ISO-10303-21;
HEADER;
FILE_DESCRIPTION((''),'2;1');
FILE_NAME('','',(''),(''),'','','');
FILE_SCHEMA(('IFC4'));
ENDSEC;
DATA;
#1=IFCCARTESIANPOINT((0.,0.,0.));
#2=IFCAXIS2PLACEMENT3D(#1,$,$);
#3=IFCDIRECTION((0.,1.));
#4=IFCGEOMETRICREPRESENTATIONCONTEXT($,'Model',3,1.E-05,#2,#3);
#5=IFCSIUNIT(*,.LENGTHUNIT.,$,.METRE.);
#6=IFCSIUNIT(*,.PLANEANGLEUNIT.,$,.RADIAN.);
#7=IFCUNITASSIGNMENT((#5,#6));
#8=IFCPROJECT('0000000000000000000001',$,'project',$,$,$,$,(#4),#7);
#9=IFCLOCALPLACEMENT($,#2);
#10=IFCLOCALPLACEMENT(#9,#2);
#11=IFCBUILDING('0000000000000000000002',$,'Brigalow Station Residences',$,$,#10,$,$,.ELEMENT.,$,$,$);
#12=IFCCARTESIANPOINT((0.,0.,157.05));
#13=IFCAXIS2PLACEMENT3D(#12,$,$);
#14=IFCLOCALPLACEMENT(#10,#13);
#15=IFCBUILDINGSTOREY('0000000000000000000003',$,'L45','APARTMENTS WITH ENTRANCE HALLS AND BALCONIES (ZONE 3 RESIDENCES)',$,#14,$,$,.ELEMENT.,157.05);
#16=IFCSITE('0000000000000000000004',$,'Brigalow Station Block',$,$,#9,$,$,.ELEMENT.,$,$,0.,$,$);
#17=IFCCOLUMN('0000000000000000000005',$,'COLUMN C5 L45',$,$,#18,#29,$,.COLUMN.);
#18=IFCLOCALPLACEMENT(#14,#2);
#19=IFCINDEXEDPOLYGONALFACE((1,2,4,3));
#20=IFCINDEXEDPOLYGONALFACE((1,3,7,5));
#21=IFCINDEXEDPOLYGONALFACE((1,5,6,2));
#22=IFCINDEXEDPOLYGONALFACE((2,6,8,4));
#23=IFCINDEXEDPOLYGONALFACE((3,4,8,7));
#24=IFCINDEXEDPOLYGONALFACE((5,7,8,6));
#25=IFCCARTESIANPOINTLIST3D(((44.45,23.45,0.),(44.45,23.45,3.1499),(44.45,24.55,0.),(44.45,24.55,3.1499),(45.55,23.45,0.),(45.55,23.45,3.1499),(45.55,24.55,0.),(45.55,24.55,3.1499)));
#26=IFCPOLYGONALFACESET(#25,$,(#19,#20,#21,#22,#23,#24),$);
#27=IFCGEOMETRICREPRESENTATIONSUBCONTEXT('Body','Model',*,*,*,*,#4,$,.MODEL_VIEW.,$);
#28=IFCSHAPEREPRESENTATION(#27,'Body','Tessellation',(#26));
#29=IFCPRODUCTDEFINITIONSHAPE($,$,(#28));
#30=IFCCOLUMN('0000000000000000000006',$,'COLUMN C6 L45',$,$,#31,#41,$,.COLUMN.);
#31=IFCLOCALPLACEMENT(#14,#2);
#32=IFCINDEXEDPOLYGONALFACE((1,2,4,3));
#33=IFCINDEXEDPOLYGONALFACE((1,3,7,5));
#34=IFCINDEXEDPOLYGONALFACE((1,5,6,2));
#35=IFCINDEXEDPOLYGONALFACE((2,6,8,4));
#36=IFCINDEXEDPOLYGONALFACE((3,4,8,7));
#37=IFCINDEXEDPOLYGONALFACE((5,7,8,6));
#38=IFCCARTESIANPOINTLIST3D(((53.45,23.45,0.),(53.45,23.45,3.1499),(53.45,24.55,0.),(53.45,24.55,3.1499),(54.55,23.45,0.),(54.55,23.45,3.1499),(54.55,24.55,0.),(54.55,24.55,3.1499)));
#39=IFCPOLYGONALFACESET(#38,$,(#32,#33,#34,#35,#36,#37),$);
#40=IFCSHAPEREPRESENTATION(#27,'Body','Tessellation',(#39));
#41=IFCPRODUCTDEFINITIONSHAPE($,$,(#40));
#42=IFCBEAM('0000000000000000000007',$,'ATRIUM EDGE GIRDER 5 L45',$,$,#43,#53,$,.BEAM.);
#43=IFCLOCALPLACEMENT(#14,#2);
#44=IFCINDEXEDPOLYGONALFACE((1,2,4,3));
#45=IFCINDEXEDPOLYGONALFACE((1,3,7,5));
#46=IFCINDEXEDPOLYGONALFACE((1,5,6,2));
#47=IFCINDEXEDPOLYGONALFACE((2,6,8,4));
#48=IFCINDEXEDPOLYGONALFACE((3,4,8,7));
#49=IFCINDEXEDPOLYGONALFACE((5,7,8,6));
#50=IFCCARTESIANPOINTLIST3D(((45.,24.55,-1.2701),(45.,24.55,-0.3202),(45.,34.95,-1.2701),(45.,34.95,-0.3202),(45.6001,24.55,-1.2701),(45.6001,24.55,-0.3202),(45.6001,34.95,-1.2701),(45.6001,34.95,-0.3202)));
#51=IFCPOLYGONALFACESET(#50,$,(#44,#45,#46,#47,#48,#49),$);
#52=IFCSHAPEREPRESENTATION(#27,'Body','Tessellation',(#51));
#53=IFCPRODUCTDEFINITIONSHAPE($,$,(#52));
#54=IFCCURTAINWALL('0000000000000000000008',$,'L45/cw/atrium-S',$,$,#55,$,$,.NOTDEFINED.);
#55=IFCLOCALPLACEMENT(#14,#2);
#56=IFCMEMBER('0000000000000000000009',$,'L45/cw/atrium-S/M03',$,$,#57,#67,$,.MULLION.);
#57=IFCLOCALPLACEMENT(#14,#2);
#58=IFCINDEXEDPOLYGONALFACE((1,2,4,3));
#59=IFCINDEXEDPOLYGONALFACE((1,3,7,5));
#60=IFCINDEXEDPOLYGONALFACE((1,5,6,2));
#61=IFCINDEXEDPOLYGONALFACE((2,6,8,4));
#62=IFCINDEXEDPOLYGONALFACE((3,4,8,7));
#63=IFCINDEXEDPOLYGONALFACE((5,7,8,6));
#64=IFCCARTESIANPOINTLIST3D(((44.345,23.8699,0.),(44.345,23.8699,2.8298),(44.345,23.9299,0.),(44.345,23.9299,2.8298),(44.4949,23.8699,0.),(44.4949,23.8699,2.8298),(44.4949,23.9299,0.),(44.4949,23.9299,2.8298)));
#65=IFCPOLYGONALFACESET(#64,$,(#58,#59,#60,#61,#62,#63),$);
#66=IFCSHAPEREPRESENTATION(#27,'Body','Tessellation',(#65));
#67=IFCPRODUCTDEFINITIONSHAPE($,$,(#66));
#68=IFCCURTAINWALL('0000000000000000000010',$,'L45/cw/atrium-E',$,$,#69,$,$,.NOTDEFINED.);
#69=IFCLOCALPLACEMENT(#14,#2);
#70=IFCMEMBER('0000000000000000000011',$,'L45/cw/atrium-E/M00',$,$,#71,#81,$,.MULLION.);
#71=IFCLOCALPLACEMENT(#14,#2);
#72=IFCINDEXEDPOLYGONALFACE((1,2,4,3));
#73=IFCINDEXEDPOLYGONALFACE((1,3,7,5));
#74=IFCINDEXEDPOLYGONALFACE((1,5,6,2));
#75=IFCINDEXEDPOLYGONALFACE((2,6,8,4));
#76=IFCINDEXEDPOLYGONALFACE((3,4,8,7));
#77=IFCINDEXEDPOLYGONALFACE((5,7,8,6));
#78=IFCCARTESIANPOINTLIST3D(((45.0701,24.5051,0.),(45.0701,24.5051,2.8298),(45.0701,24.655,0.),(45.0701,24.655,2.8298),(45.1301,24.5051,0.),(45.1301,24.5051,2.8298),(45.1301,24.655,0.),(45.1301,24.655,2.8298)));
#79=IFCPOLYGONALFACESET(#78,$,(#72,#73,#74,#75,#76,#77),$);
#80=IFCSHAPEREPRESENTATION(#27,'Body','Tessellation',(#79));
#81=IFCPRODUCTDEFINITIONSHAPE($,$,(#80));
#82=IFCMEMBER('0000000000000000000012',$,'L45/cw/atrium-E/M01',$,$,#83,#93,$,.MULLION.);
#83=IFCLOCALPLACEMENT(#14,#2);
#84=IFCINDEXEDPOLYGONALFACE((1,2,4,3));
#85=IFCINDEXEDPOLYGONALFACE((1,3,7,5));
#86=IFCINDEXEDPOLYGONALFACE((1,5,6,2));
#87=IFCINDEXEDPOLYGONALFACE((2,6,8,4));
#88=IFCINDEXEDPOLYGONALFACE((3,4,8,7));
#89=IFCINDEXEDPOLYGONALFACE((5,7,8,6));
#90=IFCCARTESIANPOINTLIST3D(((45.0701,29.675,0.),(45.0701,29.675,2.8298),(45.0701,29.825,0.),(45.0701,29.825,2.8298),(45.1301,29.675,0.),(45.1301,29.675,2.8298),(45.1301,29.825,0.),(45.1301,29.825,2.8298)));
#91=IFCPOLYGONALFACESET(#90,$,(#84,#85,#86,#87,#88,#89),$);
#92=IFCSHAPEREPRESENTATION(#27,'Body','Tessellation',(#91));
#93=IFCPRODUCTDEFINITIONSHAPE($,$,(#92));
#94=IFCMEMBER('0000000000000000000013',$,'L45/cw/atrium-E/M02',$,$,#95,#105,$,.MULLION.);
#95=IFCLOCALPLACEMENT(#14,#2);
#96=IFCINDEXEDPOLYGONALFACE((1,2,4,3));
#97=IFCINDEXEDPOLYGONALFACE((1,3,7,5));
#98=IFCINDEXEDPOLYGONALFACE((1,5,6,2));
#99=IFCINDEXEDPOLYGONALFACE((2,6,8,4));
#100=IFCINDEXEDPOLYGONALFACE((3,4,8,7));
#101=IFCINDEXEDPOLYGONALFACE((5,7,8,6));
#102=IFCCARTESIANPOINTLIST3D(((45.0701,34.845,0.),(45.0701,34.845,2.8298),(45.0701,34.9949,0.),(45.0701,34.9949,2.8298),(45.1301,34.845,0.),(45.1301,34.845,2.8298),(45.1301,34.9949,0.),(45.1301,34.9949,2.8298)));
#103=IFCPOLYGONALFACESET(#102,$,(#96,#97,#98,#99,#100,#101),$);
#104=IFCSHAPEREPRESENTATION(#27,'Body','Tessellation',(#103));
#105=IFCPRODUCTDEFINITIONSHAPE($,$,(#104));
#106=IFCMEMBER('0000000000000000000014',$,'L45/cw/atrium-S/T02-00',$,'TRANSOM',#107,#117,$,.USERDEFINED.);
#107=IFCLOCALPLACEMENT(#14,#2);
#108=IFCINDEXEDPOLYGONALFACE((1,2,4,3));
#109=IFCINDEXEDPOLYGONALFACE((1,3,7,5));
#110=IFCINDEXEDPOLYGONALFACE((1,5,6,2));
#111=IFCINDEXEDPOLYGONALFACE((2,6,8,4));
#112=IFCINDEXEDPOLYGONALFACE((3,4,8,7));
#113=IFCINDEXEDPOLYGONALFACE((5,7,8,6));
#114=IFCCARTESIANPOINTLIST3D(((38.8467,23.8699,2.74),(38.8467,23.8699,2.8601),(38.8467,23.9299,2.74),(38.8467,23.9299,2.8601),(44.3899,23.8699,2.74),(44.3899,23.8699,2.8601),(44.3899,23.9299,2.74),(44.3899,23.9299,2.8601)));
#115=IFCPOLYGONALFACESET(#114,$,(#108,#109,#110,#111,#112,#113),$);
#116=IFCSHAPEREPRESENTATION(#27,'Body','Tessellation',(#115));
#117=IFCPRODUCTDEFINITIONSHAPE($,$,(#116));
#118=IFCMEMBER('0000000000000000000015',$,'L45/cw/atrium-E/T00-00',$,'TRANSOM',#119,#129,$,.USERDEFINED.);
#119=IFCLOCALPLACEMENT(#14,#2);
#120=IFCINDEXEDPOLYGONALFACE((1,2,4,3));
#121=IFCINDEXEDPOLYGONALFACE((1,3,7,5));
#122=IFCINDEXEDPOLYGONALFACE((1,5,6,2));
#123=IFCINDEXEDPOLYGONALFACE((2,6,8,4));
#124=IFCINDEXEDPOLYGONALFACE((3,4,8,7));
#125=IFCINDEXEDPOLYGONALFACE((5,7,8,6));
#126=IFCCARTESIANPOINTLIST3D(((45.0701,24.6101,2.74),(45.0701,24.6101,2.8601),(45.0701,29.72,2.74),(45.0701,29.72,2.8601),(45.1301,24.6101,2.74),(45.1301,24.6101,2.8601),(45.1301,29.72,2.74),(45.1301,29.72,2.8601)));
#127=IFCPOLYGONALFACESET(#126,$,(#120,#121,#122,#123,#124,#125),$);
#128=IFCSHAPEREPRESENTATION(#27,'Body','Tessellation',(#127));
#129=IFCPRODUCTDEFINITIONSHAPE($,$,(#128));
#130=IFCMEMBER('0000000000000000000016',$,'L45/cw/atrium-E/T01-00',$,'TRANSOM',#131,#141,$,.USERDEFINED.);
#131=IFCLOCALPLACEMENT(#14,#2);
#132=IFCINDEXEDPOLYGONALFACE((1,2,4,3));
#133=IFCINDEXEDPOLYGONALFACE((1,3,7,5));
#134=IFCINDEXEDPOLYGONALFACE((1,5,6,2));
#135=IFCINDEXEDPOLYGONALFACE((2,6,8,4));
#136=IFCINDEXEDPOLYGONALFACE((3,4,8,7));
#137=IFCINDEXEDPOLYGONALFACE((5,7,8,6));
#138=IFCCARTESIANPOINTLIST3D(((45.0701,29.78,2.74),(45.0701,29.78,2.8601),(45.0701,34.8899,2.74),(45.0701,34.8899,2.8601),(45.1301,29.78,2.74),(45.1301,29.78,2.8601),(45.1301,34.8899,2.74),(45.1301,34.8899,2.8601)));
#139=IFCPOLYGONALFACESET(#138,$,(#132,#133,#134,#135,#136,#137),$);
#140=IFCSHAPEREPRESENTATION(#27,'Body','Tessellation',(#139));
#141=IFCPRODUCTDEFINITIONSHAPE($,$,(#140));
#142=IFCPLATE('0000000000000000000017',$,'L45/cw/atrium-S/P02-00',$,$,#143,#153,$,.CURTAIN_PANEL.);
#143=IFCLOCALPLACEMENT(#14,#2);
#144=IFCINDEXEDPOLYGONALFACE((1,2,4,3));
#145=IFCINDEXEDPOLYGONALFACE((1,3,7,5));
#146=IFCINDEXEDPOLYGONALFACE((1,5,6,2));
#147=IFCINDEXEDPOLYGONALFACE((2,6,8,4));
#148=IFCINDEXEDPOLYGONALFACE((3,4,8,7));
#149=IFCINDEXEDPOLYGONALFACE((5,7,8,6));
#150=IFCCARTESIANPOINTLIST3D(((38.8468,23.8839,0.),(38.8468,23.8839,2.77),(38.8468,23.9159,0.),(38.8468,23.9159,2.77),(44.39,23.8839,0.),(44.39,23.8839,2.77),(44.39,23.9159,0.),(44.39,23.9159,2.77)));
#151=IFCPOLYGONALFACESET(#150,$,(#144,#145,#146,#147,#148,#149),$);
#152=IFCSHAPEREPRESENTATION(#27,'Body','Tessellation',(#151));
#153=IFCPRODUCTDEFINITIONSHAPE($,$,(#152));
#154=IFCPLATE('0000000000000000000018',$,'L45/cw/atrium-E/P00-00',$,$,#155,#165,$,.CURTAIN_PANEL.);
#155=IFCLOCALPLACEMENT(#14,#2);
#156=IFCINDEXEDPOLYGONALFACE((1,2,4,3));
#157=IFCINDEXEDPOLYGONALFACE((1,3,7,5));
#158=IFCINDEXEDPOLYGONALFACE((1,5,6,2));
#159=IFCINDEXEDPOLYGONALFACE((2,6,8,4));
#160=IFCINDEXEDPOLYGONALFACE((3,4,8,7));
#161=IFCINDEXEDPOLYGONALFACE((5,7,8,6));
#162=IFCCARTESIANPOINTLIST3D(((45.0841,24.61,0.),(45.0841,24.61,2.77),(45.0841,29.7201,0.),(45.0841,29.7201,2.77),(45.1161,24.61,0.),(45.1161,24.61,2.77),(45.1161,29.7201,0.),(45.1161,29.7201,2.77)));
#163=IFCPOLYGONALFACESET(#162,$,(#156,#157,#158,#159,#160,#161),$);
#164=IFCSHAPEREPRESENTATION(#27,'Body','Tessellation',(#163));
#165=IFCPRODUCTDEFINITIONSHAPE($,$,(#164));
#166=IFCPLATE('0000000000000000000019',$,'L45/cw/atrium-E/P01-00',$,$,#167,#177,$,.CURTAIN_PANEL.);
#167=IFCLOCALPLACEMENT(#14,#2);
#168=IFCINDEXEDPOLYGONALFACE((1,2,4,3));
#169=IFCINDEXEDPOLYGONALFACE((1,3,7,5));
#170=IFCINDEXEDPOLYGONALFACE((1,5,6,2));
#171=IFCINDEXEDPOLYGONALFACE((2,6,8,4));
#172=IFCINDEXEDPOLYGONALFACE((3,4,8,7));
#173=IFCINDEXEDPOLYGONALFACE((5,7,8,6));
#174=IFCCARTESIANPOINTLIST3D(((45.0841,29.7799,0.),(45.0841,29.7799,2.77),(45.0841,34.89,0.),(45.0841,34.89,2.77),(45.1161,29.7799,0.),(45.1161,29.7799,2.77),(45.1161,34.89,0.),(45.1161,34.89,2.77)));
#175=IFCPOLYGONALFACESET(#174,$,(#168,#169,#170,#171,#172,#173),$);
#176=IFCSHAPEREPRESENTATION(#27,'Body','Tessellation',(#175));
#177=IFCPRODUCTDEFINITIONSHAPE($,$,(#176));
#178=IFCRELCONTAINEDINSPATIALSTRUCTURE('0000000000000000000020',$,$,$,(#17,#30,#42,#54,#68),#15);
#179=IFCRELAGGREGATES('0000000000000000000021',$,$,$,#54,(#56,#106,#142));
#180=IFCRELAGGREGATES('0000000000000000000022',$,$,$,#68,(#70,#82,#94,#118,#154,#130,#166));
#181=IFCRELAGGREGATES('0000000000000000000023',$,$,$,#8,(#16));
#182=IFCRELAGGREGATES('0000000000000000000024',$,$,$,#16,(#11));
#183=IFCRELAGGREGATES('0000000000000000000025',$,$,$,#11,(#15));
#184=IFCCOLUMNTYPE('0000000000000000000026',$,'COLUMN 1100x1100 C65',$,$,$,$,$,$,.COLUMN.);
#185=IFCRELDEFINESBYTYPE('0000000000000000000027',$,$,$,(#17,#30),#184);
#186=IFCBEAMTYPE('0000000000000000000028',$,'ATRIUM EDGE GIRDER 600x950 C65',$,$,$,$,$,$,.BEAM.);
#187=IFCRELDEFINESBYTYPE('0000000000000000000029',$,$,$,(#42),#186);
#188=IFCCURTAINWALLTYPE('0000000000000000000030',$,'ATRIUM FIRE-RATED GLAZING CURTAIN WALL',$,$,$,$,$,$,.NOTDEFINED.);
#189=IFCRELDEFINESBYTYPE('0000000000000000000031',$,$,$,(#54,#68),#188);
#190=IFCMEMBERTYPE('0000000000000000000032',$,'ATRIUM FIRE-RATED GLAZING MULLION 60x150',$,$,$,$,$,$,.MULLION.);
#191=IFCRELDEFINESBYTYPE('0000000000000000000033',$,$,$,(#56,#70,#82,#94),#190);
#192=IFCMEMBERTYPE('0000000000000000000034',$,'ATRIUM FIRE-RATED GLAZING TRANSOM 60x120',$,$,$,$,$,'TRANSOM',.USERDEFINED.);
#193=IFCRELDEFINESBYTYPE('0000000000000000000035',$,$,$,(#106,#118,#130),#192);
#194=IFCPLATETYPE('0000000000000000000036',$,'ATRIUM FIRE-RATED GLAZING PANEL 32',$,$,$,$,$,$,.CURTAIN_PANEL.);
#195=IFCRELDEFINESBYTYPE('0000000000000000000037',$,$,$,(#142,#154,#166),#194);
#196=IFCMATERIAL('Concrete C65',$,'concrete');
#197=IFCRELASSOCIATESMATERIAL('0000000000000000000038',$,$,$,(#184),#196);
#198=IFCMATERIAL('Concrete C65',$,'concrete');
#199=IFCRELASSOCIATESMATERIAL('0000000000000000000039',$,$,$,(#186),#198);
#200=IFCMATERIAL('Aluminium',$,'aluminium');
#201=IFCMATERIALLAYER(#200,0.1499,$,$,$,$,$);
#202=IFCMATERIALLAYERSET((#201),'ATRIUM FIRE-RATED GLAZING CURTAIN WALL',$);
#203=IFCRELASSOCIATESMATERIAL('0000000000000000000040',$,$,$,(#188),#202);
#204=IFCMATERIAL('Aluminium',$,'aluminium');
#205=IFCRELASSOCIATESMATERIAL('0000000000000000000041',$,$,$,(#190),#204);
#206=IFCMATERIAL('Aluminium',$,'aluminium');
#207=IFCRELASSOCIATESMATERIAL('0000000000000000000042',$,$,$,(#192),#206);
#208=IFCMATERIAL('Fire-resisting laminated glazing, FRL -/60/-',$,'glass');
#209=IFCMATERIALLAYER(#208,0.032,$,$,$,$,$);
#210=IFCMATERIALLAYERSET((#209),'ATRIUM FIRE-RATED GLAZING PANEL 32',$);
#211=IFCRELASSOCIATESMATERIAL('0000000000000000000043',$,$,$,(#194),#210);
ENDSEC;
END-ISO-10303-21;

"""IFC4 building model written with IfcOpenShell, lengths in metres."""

from ifc_helpers import new_model, si_unit, direction, frame, origin, origin_2d, place, context, subcontext, project, spatial, rectangle, extrude, material, layer, layer_set, material_profile, profile_set, type_object, element, aggregate, save


model = new_model("IFC4")

# Units and contexts
model_context = context("Model", 3, precision=1e-05, world=origin(), true_north=direction((0.0, 1.0)))
body_context = subcontext(model_context, "Body", "Model", "MODEL_VIEW")
ifc_project = project(units=[si_unit("LENGTHUNIT", "METRE"), si_unit("PLANEANGLEUNIT", "RADIAN")], contexts=[model_context])

# Site, building, storey
site_placement = place(None, origin())
site = spatial("IfcSite", under=ifc_project, at=site_placement, Name="Brigalow Station Block", CompositionType="ELEMENT", RefElevation=0.0)
building_placement = place(site_placement, origin())
building = spatial("IfcBuilding", under=site, at=building_placement, Name="Brigalow Station Residences", CompositionType="ELEMENT")
storey_placement = place(building_placement, frame((0.0, 0.0, 157.05)))
storey = spatial("IfcBuildingStorey", under=building, at=storey_placement, Name="L45", Description="APARTMENTS WITH ENTRANCE HALLS AND BALCONIES (ZONE 3 RESIDENCES)", CompositionType="ELEMENT", Elevation=157.05)

# Columns
ifc_material_1 = material(Name="Concrete C65", Category="concrete")
ifc_material_profile_1 = material_profile(ifc_material_1, rectangle(XDim=1.1001, YDim=1.1001, at=origin_2d()), Name="RC1100x1100")
ifc_profile_set_1 = profile_set([ifc_material_profile_1], Name="Concrete C65")
column_type = type_object("IfcColumnType", Name="COLUMN 1100x1100 C65", PredefinedType="COLUMN", material=ifc_profile_set_1)
for number, where, z_axis, x_axis, name in (
    (1, (45.0, 24.0, 0.0), (0.0, 0.0, 1.0), (1.0, 0.0, 0.0), "COLUMN C5 L45"),
    (2, (54.0, 24.0, 0.0), (0.0, 0.0, 1.0), (1.0, 0.0, 0.0), "COLUMN C6 L45"),
):
    element("IfcColumn", number, at=place(storey_placement, frame(where, z_axis=z_axis, x_axis=x_axis)), inside=storey, type_object=column_type, Name=name, PredefinedType="COLUMN", context=body_context, shape_type="SweptSolid", body=[
        extrude(rectangle(XDim=1.1001, YDim=1.1001, at=origin_2d()), origin(), (0.0, 0.0, 1.0), 3.1499),
    ])

# Beam
ifc_material_2 = material(Name="Concrete C65", Category="concrete")
ifc_material_profile_2 = material_profile(ifc_material_2, rectangle(XDim=0.6001, YDim=0.95, at=origin_2d()), Name="RC600x950")
ifc_profile_set_2 = profile_set([ifc_material_profile_2], Name="Concrete C65")
beam_type = type_object("IfcBeamType", Name="ATRIUM EDGE GIRDER 600x950 C65", PredefinedType="BEAM", material=ifc_profile_set_2)
beam_placement = place(storey_placement, frame((45.3, 24.55, -0.7952), z_axis=(0.0, 1.0, 0.0), x_axis=(-1.0, 0.0, 0.0)))
element("IfcBeam", 3, at=beam_placement, inside=storey, type_object=beam_type, Name="ATRIUM EDGE GIRDER 5 L45", PredefinedType="BEAM", context=body_context, shape_type="SweptSolid", body=[
    extrude(rectangle(XDim=0.6001, YDim=0.95, at=origin_2d()), origin(), (0.0, 0.0, 1.0), 10.3999),
])

# Curtain wall, member
ifc_material_3 = material(Name="Aluminium", Category="aluminium")
ifc_layer_1 = layer(ifc_material_3, 0.1499)
ifc_layer_set_1 = layer_set([ifc_layer_1], Name="ATRIUM FIRE-RATED GLAZING CURTAIN WALL")
curtain_wall_type = type_object("IfcCurtainWallType", Name="ATRIUM FIRE-RATED GLAZING CURTAIN WALL", PredefinedType="NOTDEFINED", material=ifc_layer_set_1)
curtain_wall_1_placement = place(storey_placement, origin())
curtain_wall_1 = element("IfcCurtainWall", 4, at=curtain_wall_1_placement, inside=storey, type_object=curtain_wall_type, Name="L45/cw/atrium-S", PredefinedType="NOTDEFINED")
ifc_material_4 = material(Name="Aluminium", Category="aluminium")
ifc_material_profile_3 = material_profile(ifc_material_4, rectangle(XDim=0.0601, YDim=0.1499, at=origin_2d()), Name="ATRIUM FIRE-RATED GLAZING MULLION 60x150")
ifc_profile_set_3 = profile_set([ifc_material_profile_3], Name="Aluminium")
member_type_1 = type_object("IfcMemberType", Name="ATRIUM FIRE-RATED GLAZING MULLION 60x150", PredefinedType="MULLION", material=ifc_profile_set_3)
member_1_placement = place(storey_placement, frame((44.4199, 23.8999, 0.0), z_axis=(0.0, 0.0, 1.0), x_axis=(0.0, 1.0, 0.0)))
member_1 = element("IfcMember", 5, at=member_1_placement, type_object=member_type_1, Name="L45/cw/atrium-S/M03", PredefinedType="MULLION", context=body_context, shape_type="SweptSolid", body=[
    extrude(rectangle(XDim=0.0601, YDim=0.1499, at=origin_2d()), origin(), (0.0, 0.0, 1.0), 2.8298),
])

# Curtain wall, members
curtain_wall_2_placement = place(storey_placement, origin())
curtain_wall_2 = element("IfcCurtainWall", 6, at=curtain_wall_2_placement, inside=storey, type_object=curtain_wall_type, Name="L45/cw/atrium-E", PredefinedType="NOTDEFINED")
member_2_placement = place(storey_placement, frame((45.1001, 24.5801, 0.0), z_axis=(0.0, 0.0, 1.0), x_axis=(-1.0, 0.0, 0.0)))
member_2 = element("IfcMember", 7, at=member_2_placement, type_object=member_type_1, Name="L45/cw/atrium-E/M00", PredefinedType="MULLION", context=body_context, shape_type="SweptSolid", body=[
    extrude(rectangle(XDim=0.0601, YDim=0.1499, at=origin_2d()), origin(), (0.0, 0.0, 1.0), 2.8298),
])
member_3_placement = place(storey_placement, frame((45.1001, 29.75, 0.0), z_axis=(0.0, 0.0, 1.0), x_axis=(-1.0, 0.0, 0.0)))
member_3 = element("IfcMember", 8, at=member_3_placement, type_object=member_type_1, Name="L45/cw/atrium-E/M01", PredefinedType="MULLION", context=body_context, shape_type="SweptSolid", body=[
    extrude(rectangle(XDim=0.0601, YDim=0.1499, at=origin_2d()), origin(), (0.0, 0.0, 1.0), 2.8298),
])
member_4_placement = place(storey_placement, frame((45.1001, 34.9199, 0.0), z_axis=(0.0, 0.0, 1.0), x_axis=(-1.0, 0.0, 0.0)))
member_4 = element("IfcMember", 9, at=member_4_placement, type_object=member_type_1, Name="L45/cw/atrium-E/M02", PredefinedType="MULLION", context=body_context, shape_type="SweptSolid", body=[
    extrude(rectangle(XDim=0.0601, YDim=0.1499, at=origin_2d()), origin(), (0.0, 0.0, 1.0), 2.8298),
])

# Members
ifc_material_5 = material(Name="Aluminium", Category="aluminium")
ifc_material_profile_4 = material_profile(ifc_material_5, rectangle(XDim=0.0601, YDim=0.1201, at=origin_2d()), Name="ATRIUM FIRE-RATED GLAZING TRANSOM 60x120")
ifc_profile_set_4 = profile_set([ifc_material_profile_4], Name="Aluminium")
member_type_2 = type_object("IfcMemberType", Name="ATRIUM FIRE-RATED GLAZING TRANSOM 60x120", ElementType="TRANSOM", PredefinedType="USERDEFINED", material=ifc_profile_set_4)
member_5_placement = place(storey_placement, frame((38.8467, 23.8999, 2.8), z_axis=(1.0, 0.0, 0.0), x_axis=(0.0, 1.0, 0.0)))
member_5 = element("IfcMember", 10, at=member_5_placement, type_object=member_type_2, Name="L45/cw/atrium-S/T02-00", ObjectType="TRANSOM", PredefinedType="USERDEFINED", context=body_context, shape_type="SweptSolid", body=[
    extrude(rectangle(XDim=0.0601, YDim=0.1201, at=origin_2d()), origin(), (0.0, 0.0, 1.0), 5.5432),
])
member_6_placement = place(storey_placement, frame((45.1001, 24.6101, 2.8), z_axis=(0.0, 1.0, 0.0), x_axis=(-1.0, 0.0, 0.0)))
member_6 = element("IfcMember", 11, at=member_6_placement, type_object=member_type_2, Name="L45/cw/atrium-E/T00-00", ObjectType="TRANSOM", PredefinedType="USERDEFINED", context=body_context, shape_type="SweptSolid", body=[
    extrude(rectangle(XDim=0.0601, YDim=0.1201, at=origin_2d()), origin(), (0.0, 0.0, 1.0), 5.1099),
])
member_7_placement = place(storey_placement, frame((45.1001, 29.78, 2.8), z_axis=(0.0, 1.0, 0.0), x_axis=(-1.0, 0.0, 0.0)))
member_7 = element("IfcMember", 12, at=member_7_placement, type_object=member_type_2, Name="L45/cw/atrium-E/T01-00", ObjectType="TRANSOM", PredefinedType="USERDEFINED", context=body_context, shape_type="SweptSolid", body=[
    extrude(rectangle(XDim=0.0601, YDim=0.1201, at=origin_2d()), origin(), (0.0, 0.0, 1.0), 5.1099),
])

# Plates
ifc_material_6 = material(Name="Fire-resisting laminated glazing, FRL -/60/-", Category="glass")
ifc_layer_2 = layer(ifc_material_6, 0.032)
ifc_layer_set_2 = layer_set([ifc_layer_2], Name="ATRIUM FIRE-RATED GLAZING PANEL 32")
plate_type = type_object("IfcPlateType", Name="ATRIUM FIRE-RATED GLAZING PANEL 32", PredefinedType="CURTAIN_PANEL", material=ifc_layer_set_2)
plate_1_placement = place(storey_placement, frame((41.6184, 23.8999, 0.0), z_axis=(0.0, 0.0, 1.0), x_axis=(1.0, 0.0, 0.0)))
plate_1 = element("IfcPlate", 13, at=plate_1_placement, type_object=plate_type, Name="L45/cw/atrium-S/P02-00", PredefinedType="CURTAIN_PANEL", context=body_context, shape_type="SweptSolid", body=[
    extrude(rectangle(XDim=5.5432, YDim=0.032, at=origin_2d()), origin(), (0.0, 0.0, 1.0), 2.77),
])
aggregate(curtain_wall_1, [member_1, member_5, plate_1])
plate_2_placement = place(storey_placement, frame((45.1001, 27.165, 0.0), z_axis=(0.0, 0.0, 1.0), x_axis=(0.0, 1.0, 0.0)))
plate_2 = element("IfcPlate", 14, at=plate_2_placement, type_object=plate_type, Name="L45/cw/atrium-E/P00-00", PredefinedType="CURTAIN_PANEL", context=body_context, shape_type="SweptSolid", body=[
    extrude(rectangle(XDim=5.1101, YDim=0.032, at=origin_2d()), origin(), (0.0, 0.0, 1.0), 2.77),
])
plate_3_placement = place(storey_placement, frame((45.1001, 32.335, 0.0), z_axis=(0.0, 0.0, 1.0), x_axis=(0.0, 1.0, 0.0)))
plate_3 = element("IfcPlate", 15, at=plate_3_placement, type_object=plate_type, Name="L45/cw/atrium-E/P01-00", PredefinedType="CURTAIN_PANEL", context=body_context, shape_type="SweptSolid", body=[
    extrude(rectangle(XDim=5.1101, YDim=0.032, at=origin_2d()), origin(), (0.0, 0.0, 1.0), 2.77),
])
aggregate(curtain_wall_2, [member_2, member_3, member_4, member_6, plate_2, member_7, plate_3])

save(model, "model.ifc")
